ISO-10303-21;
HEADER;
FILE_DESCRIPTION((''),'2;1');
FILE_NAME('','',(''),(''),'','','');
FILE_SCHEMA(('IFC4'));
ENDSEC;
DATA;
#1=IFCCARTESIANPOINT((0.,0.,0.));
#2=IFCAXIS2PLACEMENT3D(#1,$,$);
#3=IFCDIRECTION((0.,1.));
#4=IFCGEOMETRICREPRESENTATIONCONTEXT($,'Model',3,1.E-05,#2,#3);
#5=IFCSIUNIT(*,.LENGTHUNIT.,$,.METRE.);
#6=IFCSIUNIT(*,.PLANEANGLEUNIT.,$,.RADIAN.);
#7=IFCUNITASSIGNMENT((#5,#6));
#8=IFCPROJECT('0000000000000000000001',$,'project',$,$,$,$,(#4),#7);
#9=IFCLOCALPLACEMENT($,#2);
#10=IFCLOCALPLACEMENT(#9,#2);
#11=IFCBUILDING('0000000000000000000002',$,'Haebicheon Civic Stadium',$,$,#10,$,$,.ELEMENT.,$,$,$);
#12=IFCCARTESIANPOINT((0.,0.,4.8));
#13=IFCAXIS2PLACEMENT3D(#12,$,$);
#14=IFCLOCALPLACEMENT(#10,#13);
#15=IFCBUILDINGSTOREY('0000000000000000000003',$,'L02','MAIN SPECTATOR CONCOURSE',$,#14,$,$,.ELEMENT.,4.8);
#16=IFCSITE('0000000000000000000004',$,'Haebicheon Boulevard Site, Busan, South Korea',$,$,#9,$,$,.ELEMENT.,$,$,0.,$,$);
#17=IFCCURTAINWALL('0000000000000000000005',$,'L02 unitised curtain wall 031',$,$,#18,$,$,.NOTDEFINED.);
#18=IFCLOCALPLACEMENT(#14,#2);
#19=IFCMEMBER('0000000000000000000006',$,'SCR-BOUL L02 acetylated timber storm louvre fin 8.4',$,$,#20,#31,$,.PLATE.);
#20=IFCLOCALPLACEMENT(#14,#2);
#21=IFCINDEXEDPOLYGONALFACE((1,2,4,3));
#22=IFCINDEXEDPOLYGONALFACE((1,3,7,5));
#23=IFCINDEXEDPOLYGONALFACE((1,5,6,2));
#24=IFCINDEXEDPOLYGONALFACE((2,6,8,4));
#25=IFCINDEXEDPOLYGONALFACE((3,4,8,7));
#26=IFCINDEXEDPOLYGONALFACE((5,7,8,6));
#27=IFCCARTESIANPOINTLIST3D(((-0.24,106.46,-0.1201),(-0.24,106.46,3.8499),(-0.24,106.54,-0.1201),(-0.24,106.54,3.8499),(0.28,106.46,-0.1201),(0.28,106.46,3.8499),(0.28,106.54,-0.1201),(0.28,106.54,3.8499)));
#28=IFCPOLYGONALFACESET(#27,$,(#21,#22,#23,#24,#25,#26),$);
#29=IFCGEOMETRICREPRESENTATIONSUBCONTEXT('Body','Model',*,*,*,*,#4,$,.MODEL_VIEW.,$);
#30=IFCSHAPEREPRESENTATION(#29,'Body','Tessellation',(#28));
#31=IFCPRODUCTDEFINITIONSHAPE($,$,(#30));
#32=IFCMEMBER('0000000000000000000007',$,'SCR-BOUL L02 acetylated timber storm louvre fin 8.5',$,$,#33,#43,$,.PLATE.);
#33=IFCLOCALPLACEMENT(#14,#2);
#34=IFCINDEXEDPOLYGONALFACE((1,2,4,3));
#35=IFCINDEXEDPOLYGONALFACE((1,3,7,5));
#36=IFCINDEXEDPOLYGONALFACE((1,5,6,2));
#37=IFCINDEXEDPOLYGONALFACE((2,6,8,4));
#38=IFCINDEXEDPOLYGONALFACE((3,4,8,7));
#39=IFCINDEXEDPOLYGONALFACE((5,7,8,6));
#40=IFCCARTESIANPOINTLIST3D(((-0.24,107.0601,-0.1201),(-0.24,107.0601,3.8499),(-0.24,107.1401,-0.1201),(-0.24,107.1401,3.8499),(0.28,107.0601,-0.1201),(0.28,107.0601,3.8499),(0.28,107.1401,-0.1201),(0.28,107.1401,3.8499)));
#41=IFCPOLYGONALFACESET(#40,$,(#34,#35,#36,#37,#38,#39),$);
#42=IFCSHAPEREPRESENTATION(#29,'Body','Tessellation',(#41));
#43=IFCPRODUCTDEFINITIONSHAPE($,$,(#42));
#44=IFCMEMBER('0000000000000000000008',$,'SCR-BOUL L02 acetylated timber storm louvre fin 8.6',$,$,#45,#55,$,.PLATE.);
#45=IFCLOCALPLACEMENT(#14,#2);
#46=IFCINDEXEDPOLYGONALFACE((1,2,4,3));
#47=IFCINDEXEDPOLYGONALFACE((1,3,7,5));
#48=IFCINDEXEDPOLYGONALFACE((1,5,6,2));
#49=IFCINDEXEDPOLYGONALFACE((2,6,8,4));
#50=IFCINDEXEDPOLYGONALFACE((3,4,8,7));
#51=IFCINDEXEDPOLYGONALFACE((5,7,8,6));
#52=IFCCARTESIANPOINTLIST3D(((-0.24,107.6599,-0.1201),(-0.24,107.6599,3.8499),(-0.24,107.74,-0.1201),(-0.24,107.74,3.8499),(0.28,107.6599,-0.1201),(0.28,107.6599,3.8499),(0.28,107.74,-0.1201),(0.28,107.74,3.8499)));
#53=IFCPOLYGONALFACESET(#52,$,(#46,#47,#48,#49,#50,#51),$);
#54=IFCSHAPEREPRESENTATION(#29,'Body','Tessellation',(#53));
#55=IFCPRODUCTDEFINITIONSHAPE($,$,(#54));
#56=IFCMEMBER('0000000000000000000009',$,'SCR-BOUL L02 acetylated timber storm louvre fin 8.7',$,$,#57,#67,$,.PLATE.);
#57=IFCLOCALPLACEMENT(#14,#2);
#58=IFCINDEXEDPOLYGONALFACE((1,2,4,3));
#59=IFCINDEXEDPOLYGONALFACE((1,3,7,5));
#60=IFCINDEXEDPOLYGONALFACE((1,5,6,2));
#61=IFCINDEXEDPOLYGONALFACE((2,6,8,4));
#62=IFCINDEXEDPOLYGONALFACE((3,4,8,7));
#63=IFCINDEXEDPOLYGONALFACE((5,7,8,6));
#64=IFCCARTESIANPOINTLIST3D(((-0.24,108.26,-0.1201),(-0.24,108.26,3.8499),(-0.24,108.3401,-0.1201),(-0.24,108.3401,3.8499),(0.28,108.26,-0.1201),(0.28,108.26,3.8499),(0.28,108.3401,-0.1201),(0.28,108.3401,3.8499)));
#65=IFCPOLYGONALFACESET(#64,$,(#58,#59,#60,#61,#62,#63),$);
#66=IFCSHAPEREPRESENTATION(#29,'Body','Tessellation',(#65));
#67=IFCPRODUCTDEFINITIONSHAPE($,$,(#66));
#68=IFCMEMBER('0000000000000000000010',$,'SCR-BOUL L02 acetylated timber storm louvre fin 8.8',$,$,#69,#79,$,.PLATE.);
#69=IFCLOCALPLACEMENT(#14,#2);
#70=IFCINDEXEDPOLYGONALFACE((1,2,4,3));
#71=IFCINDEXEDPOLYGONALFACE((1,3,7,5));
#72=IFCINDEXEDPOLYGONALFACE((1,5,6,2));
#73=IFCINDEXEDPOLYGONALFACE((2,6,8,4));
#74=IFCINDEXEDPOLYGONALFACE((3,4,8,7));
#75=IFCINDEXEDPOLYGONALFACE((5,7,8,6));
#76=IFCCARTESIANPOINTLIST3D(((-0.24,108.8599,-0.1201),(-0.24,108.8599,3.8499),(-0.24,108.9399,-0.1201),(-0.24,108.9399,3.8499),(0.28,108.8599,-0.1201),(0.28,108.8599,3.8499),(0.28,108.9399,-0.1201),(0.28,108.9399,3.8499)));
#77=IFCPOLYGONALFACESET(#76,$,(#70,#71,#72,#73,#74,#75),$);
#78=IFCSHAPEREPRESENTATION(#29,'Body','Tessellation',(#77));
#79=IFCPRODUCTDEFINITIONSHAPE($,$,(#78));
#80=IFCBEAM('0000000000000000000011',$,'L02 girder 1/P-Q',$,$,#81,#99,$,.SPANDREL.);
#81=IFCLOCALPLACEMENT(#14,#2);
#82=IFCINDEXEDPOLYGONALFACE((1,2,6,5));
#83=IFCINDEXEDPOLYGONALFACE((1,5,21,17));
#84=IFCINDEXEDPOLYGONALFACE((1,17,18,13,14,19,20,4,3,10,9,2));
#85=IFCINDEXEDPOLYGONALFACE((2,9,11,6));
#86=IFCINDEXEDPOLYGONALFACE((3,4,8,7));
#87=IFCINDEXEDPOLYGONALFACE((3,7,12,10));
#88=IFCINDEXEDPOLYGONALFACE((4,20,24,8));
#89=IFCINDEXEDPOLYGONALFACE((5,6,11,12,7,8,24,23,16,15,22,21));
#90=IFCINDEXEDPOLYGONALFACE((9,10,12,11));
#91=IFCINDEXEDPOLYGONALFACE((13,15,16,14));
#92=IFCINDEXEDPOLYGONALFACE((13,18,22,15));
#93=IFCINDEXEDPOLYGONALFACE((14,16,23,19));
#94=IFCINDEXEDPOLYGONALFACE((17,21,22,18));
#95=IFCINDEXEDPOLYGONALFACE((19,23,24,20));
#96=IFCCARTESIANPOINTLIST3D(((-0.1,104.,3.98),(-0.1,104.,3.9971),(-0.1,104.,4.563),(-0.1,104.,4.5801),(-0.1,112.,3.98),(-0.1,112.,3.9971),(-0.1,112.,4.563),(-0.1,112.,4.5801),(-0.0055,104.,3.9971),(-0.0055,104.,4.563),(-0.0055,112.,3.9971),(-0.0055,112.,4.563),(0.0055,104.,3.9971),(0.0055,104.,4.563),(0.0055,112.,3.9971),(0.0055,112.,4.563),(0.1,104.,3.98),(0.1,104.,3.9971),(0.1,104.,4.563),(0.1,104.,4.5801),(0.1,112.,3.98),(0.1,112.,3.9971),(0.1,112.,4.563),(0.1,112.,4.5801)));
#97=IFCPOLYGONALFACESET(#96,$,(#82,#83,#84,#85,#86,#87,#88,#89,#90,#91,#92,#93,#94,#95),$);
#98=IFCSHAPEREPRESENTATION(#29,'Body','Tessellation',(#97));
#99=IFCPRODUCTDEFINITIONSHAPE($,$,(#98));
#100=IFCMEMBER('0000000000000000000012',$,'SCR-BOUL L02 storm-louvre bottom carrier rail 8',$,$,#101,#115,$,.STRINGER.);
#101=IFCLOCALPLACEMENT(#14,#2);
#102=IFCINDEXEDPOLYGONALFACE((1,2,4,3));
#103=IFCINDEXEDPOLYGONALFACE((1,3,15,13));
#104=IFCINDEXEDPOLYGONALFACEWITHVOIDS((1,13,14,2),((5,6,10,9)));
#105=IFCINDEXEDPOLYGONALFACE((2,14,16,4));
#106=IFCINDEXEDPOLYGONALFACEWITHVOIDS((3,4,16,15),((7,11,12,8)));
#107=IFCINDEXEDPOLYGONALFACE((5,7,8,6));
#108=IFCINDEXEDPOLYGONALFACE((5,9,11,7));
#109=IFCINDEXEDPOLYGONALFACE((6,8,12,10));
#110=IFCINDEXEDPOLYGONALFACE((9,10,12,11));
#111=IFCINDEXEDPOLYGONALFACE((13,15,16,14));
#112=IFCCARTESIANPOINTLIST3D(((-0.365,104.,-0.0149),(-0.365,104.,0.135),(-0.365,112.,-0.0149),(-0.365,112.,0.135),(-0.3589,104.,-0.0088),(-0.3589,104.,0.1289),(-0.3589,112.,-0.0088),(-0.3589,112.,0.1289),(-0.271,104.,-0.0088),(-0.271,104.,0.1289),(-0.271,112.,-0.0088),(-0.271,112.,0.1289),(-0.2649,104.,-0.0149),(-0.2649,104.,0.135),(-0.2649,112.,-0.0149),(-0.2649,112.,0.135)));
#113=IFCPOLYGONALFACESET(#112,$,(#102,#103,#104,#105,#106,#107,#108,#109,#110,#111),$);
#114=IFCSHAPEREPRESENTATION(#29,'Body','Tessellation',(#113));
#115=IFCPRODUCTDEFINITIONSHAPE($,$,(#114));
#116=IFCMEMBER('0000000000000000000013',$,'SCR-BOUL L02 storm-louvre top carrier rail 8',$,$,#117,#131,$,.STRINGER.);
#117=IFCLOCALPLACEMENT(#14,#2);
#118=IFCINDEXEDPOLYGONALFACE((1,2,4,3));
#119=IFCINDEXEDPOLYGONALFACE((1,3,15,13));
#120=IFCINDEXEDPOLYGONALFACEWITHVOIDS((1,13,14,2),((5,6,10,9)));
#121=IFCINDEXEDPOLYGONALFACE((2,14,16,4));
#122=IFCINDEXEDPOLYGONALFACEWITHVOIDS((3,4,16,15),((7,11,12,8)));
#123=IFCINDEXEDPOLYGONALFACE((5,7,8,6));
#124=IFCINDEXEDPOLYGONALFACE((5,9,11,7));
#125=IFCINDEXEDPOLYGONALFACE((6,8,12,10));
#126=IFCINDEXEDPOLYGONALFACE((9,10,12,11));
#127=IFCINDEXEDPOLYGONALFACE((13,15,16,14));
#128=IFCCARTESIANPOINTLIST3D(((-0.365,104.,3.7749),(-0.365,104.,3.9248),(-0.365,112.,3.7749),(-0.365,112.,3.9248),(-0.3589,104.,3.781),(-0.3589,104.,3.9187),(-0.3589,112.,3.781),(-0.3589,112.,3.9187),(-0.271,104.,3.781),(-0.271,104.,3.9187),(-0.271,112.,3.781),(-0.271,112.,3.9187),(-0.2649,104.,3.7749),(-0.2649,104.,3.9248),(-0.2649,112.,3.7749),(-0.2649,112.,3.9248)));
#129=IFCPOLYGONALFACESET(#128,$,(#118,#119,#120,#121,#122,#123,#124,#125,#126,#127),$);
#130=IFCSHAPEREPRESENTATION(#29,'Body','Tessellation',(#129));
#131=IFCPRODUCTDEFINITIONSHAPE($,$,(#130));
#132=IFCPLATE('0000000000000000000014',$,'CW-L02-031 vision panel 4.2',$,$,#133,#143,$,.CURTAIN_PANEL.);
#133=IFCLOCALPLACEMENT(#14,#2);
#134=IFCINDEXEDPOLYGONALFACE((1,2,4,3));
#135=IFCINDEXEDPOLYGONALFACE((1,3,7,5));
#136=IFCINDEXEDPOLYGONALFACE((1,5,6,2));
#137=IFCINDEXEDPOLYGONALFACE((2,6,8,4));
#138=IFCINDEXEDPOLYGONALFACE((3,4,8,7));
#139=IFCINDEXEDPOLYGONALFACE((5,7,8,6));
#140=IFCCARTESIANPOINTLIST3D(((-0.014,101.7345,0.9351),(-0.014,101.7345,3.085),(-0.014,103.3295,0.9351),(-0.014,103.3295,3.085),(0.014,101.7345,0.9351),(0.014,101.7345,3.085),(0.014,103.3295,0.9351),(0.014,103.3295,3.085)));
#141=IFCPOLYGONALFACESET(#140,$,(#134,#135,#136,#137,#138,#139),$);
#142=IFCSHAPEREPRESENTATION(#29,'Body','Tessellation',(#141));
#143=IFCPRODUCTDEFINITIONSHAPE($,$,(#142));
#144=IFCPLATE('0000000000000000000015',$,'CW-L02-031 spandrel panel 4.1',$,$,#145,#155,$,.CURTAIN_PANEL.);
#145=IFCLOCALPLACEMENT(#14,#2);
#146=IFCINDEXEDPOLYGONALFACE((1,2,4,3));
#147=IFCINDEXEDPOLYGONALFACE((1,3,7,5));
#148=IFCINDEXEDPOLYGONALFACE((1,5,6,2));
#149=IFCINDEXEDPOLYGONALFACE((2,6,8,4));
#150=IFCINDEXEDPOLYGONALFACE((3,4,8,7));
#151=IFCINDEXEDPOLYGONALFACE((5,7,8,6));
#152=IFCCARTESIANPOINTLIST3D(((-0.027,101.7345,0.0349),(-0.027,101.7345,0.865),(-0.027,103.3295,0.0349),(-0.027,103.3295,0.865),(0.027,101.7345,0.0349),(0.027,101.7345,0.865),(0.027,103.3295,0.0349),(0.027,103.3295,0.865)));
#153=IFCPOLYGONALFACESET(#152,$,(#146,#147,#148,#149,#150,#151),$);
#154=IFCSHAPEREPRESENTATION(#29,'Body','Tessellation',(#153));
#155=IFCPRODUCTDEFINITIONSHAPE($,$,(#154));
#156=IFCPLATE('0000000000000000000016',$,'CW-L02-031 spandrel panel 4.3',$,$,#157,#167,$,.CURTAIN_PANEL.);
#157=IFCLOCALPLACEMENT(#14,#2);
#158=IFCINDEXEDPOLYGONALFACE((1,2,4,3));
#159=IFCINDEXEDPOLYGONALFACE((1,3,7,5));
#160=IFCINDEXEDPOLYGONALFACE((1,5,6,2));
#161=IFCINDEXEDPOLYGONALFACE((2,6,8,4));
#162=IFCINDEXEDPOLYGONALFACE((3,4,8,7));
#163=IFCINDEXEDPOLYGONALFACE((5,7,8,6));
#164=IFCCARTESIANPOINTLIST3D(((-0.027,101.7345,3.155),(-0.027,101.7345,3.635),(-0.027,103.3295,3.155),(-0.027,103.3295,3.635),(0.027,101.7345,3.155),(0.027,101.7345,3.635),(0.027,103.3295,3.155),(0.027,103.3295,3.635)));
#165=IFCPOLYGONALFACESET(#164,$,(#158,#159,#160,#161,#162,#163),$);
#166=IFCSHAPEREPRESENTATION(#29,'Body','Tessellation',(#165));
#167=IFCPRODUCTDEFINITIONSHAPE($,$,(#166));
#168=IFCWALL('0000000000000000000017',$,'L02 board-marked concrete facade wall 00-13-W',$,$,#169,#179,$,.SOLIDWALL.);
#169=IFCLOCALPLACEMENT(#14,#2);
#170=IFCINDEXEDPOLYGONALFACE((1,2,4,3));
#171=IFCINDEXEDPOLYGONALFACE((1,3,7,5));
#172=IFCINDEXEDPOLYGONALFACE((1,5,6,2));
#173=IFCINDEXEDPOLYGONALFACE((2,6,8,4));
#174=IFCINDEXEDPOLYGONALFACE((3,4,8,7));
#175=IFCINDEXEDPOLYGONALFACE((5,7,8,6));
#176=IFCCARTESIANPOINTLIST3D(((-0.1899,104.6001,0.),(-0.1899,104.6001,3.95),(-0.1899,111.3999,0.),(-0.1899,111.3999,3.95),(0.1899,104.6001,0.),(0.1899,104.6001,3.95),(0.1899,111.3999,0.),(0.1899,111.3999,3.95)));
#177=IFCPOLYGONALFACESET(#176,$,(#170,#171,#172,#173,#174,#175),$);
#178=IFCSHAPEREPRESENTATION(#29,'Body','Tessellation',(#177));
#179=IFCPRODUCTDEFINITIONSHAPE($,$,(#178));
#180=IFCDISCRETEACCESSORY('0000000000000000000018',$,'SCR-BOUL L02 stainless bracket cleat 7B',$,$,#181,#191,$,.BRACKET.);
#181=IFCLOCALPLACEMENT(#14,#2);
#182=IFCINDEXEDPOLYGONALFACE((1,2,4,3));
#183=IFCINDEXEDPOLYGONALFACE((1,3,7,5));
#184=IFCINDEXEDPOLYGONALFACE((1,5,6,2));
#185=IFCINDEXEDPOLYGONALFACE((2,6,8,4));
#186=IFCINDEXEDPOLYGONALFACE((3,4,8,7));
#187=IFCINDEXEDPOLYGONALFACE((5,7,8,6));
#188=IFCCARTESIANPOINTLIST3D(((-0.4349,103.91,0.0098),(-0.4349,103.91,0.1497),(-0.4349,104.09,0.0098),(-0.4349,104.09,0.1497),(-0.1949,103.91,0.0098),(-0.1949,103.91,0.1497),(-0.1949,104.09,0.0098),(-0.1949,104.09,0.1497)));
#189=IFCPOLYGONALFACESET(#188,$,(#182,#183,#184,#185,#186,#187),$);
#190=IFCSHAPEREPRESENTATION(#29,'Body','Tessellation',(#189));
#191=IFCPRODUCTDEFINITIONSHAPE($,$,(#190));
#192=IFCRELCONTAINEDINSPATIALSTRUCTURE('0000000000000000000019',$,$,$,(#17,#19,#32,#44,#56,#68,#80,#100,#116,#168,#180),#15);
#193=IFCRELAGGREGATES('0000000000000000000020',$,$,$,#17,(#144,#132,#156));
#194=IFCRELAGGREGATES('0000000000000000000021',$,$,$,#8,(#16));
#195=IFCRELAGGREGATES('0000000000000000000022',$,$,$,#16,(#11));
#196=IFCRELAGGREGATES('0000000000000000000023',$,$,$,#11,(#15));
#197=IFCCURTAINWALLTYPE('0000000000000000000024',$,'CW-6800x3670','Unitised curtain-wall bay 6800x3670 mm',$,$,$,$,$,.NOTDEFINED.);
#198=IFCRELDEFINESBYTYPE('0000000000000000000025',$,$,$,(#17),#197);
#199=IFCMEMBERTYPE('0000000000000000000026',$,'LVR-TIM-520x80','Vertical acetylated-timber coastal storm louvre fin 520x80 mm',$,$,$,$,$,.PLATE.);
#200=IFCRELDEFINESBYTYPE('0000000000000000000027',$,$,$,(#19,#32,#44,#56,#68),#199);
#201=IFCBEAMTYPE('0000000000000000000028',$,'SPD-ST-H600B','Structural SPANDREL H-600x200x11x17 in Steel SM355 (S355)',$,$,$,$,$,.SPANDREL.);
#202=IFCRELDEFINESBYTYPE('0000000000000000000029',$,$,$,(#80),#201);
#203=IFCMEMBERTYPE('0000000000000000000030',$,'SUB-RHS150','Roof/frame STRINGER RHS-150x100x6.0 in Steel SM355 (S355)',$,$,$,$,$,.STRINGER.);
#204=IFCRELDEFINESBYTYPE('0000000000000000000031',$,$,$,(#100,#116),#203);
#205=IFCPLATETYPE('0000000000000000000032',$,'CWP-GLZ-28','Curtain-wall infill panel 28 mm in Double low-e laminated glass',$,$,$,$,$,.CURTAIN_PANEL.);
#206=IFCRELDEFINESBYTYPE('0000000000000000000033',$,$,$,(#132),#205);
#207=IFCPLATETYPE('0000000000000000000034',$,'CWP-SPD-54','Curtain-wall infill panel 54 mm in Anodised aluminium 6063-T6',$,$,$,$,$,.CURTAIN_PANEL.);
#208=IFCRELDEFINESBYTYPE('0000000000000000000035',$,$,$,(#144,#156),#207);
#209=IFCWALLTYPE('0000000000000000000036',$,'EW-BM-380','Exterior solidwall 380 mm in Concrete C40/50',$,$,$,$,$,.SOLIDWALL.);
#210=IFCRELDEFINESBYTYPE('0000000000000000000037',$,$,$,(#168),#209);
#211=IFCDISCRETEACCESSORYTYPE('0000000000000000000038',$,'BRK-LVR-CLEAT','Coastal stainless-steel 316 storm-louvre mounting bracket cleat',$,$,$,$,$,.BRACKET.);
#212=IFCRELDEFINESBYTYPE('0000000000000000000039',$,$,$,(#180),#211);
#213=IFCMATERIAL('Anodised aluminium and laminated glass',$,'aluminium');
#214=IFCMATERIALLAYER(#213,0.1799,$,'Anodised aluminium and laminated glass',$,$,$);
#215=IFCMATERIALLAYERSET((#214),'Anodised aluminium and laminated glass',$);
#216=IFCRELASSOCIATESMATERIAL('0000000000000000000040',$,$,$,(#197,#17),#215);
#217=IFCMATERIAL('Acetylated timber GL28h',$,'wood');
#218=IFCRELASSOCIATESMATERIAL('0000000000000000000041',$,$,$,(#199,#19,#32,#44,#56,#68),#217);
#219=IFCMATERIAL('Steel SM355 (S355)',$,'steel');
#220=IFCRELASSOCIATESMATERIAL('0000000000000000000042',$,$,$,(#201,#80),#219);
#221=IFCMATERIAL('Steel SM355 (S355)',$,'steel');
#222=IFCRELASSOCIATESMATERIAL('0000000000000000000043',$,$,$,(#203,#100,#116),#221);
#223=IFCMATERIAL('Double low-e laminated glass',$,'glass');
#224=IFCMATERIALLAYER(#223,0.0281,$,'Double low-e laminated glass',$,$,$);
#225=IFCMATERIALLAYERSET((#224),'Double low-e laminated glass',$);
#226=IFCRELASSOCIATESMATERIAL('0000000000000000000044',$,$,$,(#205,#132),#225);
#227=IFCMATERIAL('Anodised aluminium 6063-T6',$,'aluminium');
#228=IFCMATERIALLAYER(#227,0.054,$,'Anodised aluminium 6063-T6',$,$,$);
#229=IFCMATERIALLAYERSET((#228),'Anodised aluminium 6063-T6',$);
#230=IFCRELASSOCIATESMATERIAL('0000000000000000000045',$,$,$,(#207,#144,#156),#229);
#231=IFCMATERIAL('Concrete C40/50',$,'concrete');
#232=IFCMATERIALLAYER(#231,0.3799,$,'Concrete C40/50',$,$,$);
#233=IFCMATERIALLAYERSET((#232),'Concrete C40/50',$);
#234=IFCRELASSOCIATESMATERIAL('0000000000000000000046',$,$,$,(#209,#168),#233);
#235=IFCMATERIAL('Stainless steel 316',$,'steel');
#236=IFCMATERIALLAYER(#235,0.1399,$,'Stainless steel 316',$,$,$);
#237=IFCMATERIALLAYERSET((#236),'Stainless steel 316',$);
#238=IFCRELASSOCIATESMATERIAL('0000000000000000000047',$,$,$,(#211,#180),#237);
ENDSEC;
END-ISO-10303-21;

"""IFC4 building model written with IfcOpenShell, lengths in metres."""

from ifc_helpers import new_model, si_unit, direction, frame, frame_2d, origin, origin_2d, place, context, subcontext, project, spatial, rectangle, hollow_rectangle, i_section, extrude, material, layer, layer_set, material_profile, profile_set, type_object, element, aggregate, save


model = new_model("IFC4")

# Units and contexts
model_context = context("Model", 3, precision=1e-05, world=origin(), true_north=direction((0.0, 1.0)))
body_context = subcontext(model_context, "Body", "Model", "MODEL_VIEW")
ifc_project = project(units=[si_unit("LENGTHUNIT", "METRE"), si_unit("PLANEANGLEUNIT", "RADIAN")], contexts=[model_context])

# Site, building, storey
site_placement = place(None, origin())
site = spatial("IfcSite", under=ifc_project, at=site_placement, Name="Haebicheon Boulevard Site, Busan, South Korea", CompositionType="ELEMENT", RefElevation=0.0)
building_placement = place(site_placement, origin())
building = spatial("IfcBuilding", under=site, at=building_placement, Name="Haebicheon Civic Stadium", CompositionType="ELEMENT")
storey_placement = place(building_placement, frame((0.0, 0.0, 4.8)))
storey = spatial("IfcBuildingStorey", under=building, at=storey_placement, Name="L02", Description="MAIN SPECTATOR CONCOURSE", CompositionType="ELEMENT", Elevation=4.8)

# Curtain wall
ifc_material_1 = material(Name="Anodised aluminium and laminated glass", Category="aluminium")
ifc_layer_1 = layer(ifc_material_1, 0.1799, Name="Anodised aluminium and laminated glass")
ifc_layer_set_1 = layer_set([ifc_layer_1], Name="Anodised aluminium and laminated glass")
curtain_wall_type = type_object("IfcCurtainWallType", Name="CW-6800x3670", Description="Unitised curtain-wall bay 6800x3670 mm", PredefinedType="NOTDEFINED", material=ifc_layer_set_1)
curtain_wall_placement = place(storey_placement, origin())
curtain_wall = element("IfcCurtainWall", 1, at=curtain_wall_placement, inside=storey, type_object=curtain_wall_type, material=ifc_layer_set_1, Name="L02 unitised curtain wall 031", PredefinedType="NOTDEFINED")

# Members
ifc_material_2 = material(Name="Acetylated timber GL28h", Category="wood")
ifc_material_profile_1 = material_profile(ifc_material_2, rectangle(XDim=0.0801, YDim=0.52, at=origin_2d()), Name="TMB-LOUV-80x520")
ifc_profile_set_1 = profile_set([ifc_material_profile_1], Name="Acetylated timber GL28h")
member_type_1 = type_object("IfcMemberType", Name="LVR-TIM-520x80", Description="Vertical acetylated-timber coastal storm louvre fin 520x80 mm", PredefinedType="PLATE", material=ifc_profile_set_1)
for number, where, z_axis, x_axis, name in (
    (2, (0.02, 106.5, -0.1201), (0.0, 0.0, 1.0), (0.0, 1.0, 0.0), "SCR-BOUL L02 acetylated timber storm louvre fin 8.4"),
    (3, (0.02, 107.1001, -0.1201), (0.0, 0.0, 1.0), (0.0, 1.0, 0.0), "SCR-BOUL L02 acetylated timber storm louvre fin 8.5"),
    (4, (0.02, 107.7, -0.1201), (0.0, 0.0, 1.0), (0.0, 1.0, 0.0), "SCR-BOUL L02 acetylated timber storm louvre fin 8.6"),
    (5, (0.02, 108.3, -0.1201), (0.0, 0.0, 1.0), (0.0, 1.0, 0.0), "SCR-BOUL L02 acetylated timber storm louvre fin 8.7"),
    (6, (0.02, 108.8999, -0.1201), (0.0, 0.0, 1.0), (0.0, 1.0, 0.0), "SCR-BOUL L02 acetylated timber storm louvre fin 8.8"),
):
    element("IfcMember", number, at=place(storey_placement, frame(where, z_axis=z_axis, x_axis=x_axis)), inside=storey, type_object=member_type_1, material=ifc_profile_set_1, Name=name, PredefinedType="PLATE", context=body_context, shape_type="SweptSolid", body=[
        extrude(rectangle(XDim=0.0801, YDim=0.52, at=origin_2d()), origin(), (0.0, 0.0, 1.0), 3.97),
    ])

# Beam
ifc_material_3 = material(Name="Steel SM355 (S355)", Category="steel")
ifc_material_profile_2 = material_profile(ifc_material_3, i_section(OverallWidth=0.2, OverallDepth=0.6001, WebThickness=0.011, FlangeThickness=0.0171, at=origin_2d()), Name="H-600x200x11x17")
ifc_profile_set_2 = profile_set([ifc_material_profile_2], Name="Steel SM355 (S355)")
beam_type_1 = type_object("IfcBeamType", Name="SPD-ST-H600B", Description="Structural SPANDREL H-600x200x11x17 in Steel SM355 (S355)", PredefinedType="SPANDREL", material=ifc_profile_set_2)
beam_1_placement = place(storey_placement, frame((0.0, 104.0, 4.28), z_axis=(0.0, 1.0, 0.0), x_axis=(-1.0, 0.0, 0.0)))
element("IfcBeam", 7, at=beam_1_placement, inside=storey, type_object=beam_type_1, material=ifc_profile_set_2, Name="L02 girder 1/P-Q", PredefinedType="SPANDREL", context=body_context, shape_type="SweptSolid", body=[
    extrude(i_section(OverallWidth=0.2, OverallDepth=0.6001, WebThickness=0.011, FlangeThickness=0.0171, at=origin_2d()), origin(), (0.0, 0.0, 1.0), 8.0),
])

# Members
ifc_material_4 = material(Name="Steel SM355 (S355)", Category="steel")
ifc_material_profile_3 = material_profile(ifc_material_4, hollow_rectangle(XDim=0.1001, YDim=0.1499, WallThickness=0.0061, at=origin_2d()), Name="RHS-150x100x6.0")
ifc_profile_set_3 = profile_set([ifc_material_profile_3], Name="Steel SM355 (S355)")
member_type_2 = type_object("IfcMemberType", Name="SUB-RHS150", Description="Roof/frame STRINGER RHS-150x100x6.0 in Steel SM355 (S355)", PredefinedType="STRINGER", material=ifc_profile_set_3)
for number, where, z_axis, x_axis, name in (
    (8, (-0.3149, 104.0, 0.0601), (0.0, 1.0, 0.0), (-1.0, 0.0, 0.0), "SCR-BOUL L02 storm-louvre bottom carrier rail 8"),
    (9, (-0.3149, 104.0, 3.8499), (0.0, 1.0, 0.0), (-1.0, 0.0, 0.0), "SCR-BOUL L02 storm-louvre top carrier rail 8"),
):
    element("IfcMember", number, at=place(storey_placement, frame(where, z_axis=z_axis, x_axis=x_axis)), inside=storey, type_object=member_type_2, material=ifc_profile_set_3, Name=name, PredefinedType="STRINGER", context=body_context, shape_type="SweptSolid", body=[
        extrude(hollow_rectangle(XDim=0.1001, YDim=0.1499, WallThickness=0.0061, at=origin_2d()), origin(), (0.0, 0.0, 1.0), 8.0),
    ])

# Plates
ifc_material_5 = material(Name="Double low-e laminated glass", Category="glass")
ifc_layer_2 = layer(ifc_material_5, 0.0281, Name="Double low-e laminated glass")
ifc_layer_set_2 = layer_set([ifc_layer_2], Name="Double low-e laminated glass")
plate_type_1 = type_object("IfcPlateType", Name="CWP-GLZ-28", Description="Curtain-wall infill panel 28 mm in Double low-e laminated glass", PredefinedType="CURTAIN_PANEL", material=ifc_layer_set_2)
plate_1_placement = place(storey_placement, frame((0.0, 102.532, 0.9351), z_axis=(0.0, 0.0, 1.0), x_axis=(0.0, 1.0, 0.0)))
plate_1 = element("IfcPlate", 10, at=plate_1_placement, type_object=plate_type_1, material=ifc_layer_set_2, Name="CW-L02-031 vision panel 4.2", PredefinedType="CURTAIN_PANEL", context=body_context, shape_type="SweptSolid", body=[
    extrude(rectangle(XDim=1.595, YDim=0.0281, at=origin_2d()), origin(), (0.0, 0.0, 1.0), 2.1499),
])
ifc_material_6 = material(Name="Anodised aluminium 6063-T6", Category="aluminium")
ifc_layer_3 = layer(ifc_material_6, 0.054, Name="Anodised aluminium 6063-T6")
ifc_layer_set_3 = layer_set([ifc_layer_3], Name="Anodised aluminium 6063-T6")
plate_type_2 = type_object("IfcPlateType", Name="CWP-SPD-54", Description="Curtain-wall infill panel 54 mm in Anodised aluminium 6063-T6", PredefinedType="CURTAIN_PANEL", material=ifc_layer_set_3)
plate_2_placement = place(storey_placement, frame((0.0, 102.532, 0.0349), z_axis=(0.0, 0.0, 1.0), x_axis=(0.0, 1.0, 0.0)))
plate_2 = element("IfcPlate", 11, at=plate_2_placement, type_object=plate_type_2, material=ifc_layer_set_3, Name="CW-L02-031 spandrel panel 4.1", PredefinedType="CURTAIN_PANEL", context=body_context, shape_type="SweptSolid", body=[
    extrude(rectangle(XDim=1.595, YDim=0.054, at=origin_2d()), origin(), (0.0, 0.0, 1.0), 0.8301),
])
plate_3_placement = place(storey_placement, frame((0.0, 102.532, 3.155), z_axis=(0.0, 0.0, 1.0), x_axis=(0.0, 1.0, 0.0)))
plate_3 = element("IfcPlate", 12, at=plate_3_placement, type_object=plate_type_2, material=ifc_layer_set_3, Name="CW-L02-031 spandrel panel 4.3", PredefinedType="CURTAIN_PANEL", context=body_context, shape_type="SweptSolid", body=[
    extrude(rectangle(XDim=1.595, YDim=0.054, at=origin_2d()), origin(), (0.0, 0.0, 1.0), 0.48),
])
aggregate(curtain_wall, [plate_2, plate_1, plate_3])

# Wall
ifc_material_7 = material(Name="Concrete C40/50", Category="concrete")
ifc_layer_4 = layer(ifc_material_7, 0.3799, Name="Concrete C40/50")
ifc_layer_set_4 = layer_set([ifc_layer_4], Name="Concrete C40/50")
wall_type = type_object("IfcWallType", Name="EW-BM-380", Description="Exterior solidwall 380 mm in Concrete C40/50", PredefinedType="SOLIDWALL", material=ifc_layer_set_4)
wall_placement = place(storey_placement, frame((0.0, 104.6001, 0.0), z_axis=(0.0, 0.0, 1.0), x_axis=(0.0, 1.0, 0.0)))
element("IfcWall", 13, at=wall_placement, inside=storey, type_object=wall_type, material=ifc_layer_set_4, Name="L02 board-marked concrete facade wall 00-13-W", PredefinedType="SOLIDWALL", context=body_context, shape_type="SweptSolid", body=[
    extrude(rectangle(XDim=6.7998, YDim=0.3799, at=frame_2d((3.3999, 0.0))), origin(), (0.0, 0.0, 1.0), 3.95),
])

# Discrete accessory
ifc_material_8 = material(Name="Stainless steel 316", Category="steel")
ifc_layer_5 = layer(ifc_material_8, 0.1399, Name="Stainless steel 316")
ifc_layer_set_5 = layer_set([ifc_layer_5], Name="Stainless steel 316")
discrete_accessory_type = type_object("IfcDiscreteAccessoryType", Name="BRK-LVR-CLEAT", Description="Coastal stainless-steel 316 storm-louvre mounting bracket cleat", PredefinedType="BRACKET", material=ifc_layer_set_5)
discrete_accessory_placement = place(storey_placement, frame((-0.3149, 104.0, 0.0098), z_axis=(0.0, 0.0, 1.0), x_axis=(1.0, 0.0, 0.0)))
element("IfcDiscreteAccessory", 14, at=discrete_accessory_placement, inside=storey, type_object=discrete_accessory_type, material=ifc_layer_set_5, Name="SCR-BOUL L02 stainless bracket cleat 7B", PredefinedType="BRACKET", context=body_context, shape_type="SweptSolid", body=[
    extrude(rectangle(XDim=0.24, YDim=0.1799, at=origin_2d()), origin(), (0.0, 0.0, 1.0), 0.1399),
])

save(model, "model.ifc")
